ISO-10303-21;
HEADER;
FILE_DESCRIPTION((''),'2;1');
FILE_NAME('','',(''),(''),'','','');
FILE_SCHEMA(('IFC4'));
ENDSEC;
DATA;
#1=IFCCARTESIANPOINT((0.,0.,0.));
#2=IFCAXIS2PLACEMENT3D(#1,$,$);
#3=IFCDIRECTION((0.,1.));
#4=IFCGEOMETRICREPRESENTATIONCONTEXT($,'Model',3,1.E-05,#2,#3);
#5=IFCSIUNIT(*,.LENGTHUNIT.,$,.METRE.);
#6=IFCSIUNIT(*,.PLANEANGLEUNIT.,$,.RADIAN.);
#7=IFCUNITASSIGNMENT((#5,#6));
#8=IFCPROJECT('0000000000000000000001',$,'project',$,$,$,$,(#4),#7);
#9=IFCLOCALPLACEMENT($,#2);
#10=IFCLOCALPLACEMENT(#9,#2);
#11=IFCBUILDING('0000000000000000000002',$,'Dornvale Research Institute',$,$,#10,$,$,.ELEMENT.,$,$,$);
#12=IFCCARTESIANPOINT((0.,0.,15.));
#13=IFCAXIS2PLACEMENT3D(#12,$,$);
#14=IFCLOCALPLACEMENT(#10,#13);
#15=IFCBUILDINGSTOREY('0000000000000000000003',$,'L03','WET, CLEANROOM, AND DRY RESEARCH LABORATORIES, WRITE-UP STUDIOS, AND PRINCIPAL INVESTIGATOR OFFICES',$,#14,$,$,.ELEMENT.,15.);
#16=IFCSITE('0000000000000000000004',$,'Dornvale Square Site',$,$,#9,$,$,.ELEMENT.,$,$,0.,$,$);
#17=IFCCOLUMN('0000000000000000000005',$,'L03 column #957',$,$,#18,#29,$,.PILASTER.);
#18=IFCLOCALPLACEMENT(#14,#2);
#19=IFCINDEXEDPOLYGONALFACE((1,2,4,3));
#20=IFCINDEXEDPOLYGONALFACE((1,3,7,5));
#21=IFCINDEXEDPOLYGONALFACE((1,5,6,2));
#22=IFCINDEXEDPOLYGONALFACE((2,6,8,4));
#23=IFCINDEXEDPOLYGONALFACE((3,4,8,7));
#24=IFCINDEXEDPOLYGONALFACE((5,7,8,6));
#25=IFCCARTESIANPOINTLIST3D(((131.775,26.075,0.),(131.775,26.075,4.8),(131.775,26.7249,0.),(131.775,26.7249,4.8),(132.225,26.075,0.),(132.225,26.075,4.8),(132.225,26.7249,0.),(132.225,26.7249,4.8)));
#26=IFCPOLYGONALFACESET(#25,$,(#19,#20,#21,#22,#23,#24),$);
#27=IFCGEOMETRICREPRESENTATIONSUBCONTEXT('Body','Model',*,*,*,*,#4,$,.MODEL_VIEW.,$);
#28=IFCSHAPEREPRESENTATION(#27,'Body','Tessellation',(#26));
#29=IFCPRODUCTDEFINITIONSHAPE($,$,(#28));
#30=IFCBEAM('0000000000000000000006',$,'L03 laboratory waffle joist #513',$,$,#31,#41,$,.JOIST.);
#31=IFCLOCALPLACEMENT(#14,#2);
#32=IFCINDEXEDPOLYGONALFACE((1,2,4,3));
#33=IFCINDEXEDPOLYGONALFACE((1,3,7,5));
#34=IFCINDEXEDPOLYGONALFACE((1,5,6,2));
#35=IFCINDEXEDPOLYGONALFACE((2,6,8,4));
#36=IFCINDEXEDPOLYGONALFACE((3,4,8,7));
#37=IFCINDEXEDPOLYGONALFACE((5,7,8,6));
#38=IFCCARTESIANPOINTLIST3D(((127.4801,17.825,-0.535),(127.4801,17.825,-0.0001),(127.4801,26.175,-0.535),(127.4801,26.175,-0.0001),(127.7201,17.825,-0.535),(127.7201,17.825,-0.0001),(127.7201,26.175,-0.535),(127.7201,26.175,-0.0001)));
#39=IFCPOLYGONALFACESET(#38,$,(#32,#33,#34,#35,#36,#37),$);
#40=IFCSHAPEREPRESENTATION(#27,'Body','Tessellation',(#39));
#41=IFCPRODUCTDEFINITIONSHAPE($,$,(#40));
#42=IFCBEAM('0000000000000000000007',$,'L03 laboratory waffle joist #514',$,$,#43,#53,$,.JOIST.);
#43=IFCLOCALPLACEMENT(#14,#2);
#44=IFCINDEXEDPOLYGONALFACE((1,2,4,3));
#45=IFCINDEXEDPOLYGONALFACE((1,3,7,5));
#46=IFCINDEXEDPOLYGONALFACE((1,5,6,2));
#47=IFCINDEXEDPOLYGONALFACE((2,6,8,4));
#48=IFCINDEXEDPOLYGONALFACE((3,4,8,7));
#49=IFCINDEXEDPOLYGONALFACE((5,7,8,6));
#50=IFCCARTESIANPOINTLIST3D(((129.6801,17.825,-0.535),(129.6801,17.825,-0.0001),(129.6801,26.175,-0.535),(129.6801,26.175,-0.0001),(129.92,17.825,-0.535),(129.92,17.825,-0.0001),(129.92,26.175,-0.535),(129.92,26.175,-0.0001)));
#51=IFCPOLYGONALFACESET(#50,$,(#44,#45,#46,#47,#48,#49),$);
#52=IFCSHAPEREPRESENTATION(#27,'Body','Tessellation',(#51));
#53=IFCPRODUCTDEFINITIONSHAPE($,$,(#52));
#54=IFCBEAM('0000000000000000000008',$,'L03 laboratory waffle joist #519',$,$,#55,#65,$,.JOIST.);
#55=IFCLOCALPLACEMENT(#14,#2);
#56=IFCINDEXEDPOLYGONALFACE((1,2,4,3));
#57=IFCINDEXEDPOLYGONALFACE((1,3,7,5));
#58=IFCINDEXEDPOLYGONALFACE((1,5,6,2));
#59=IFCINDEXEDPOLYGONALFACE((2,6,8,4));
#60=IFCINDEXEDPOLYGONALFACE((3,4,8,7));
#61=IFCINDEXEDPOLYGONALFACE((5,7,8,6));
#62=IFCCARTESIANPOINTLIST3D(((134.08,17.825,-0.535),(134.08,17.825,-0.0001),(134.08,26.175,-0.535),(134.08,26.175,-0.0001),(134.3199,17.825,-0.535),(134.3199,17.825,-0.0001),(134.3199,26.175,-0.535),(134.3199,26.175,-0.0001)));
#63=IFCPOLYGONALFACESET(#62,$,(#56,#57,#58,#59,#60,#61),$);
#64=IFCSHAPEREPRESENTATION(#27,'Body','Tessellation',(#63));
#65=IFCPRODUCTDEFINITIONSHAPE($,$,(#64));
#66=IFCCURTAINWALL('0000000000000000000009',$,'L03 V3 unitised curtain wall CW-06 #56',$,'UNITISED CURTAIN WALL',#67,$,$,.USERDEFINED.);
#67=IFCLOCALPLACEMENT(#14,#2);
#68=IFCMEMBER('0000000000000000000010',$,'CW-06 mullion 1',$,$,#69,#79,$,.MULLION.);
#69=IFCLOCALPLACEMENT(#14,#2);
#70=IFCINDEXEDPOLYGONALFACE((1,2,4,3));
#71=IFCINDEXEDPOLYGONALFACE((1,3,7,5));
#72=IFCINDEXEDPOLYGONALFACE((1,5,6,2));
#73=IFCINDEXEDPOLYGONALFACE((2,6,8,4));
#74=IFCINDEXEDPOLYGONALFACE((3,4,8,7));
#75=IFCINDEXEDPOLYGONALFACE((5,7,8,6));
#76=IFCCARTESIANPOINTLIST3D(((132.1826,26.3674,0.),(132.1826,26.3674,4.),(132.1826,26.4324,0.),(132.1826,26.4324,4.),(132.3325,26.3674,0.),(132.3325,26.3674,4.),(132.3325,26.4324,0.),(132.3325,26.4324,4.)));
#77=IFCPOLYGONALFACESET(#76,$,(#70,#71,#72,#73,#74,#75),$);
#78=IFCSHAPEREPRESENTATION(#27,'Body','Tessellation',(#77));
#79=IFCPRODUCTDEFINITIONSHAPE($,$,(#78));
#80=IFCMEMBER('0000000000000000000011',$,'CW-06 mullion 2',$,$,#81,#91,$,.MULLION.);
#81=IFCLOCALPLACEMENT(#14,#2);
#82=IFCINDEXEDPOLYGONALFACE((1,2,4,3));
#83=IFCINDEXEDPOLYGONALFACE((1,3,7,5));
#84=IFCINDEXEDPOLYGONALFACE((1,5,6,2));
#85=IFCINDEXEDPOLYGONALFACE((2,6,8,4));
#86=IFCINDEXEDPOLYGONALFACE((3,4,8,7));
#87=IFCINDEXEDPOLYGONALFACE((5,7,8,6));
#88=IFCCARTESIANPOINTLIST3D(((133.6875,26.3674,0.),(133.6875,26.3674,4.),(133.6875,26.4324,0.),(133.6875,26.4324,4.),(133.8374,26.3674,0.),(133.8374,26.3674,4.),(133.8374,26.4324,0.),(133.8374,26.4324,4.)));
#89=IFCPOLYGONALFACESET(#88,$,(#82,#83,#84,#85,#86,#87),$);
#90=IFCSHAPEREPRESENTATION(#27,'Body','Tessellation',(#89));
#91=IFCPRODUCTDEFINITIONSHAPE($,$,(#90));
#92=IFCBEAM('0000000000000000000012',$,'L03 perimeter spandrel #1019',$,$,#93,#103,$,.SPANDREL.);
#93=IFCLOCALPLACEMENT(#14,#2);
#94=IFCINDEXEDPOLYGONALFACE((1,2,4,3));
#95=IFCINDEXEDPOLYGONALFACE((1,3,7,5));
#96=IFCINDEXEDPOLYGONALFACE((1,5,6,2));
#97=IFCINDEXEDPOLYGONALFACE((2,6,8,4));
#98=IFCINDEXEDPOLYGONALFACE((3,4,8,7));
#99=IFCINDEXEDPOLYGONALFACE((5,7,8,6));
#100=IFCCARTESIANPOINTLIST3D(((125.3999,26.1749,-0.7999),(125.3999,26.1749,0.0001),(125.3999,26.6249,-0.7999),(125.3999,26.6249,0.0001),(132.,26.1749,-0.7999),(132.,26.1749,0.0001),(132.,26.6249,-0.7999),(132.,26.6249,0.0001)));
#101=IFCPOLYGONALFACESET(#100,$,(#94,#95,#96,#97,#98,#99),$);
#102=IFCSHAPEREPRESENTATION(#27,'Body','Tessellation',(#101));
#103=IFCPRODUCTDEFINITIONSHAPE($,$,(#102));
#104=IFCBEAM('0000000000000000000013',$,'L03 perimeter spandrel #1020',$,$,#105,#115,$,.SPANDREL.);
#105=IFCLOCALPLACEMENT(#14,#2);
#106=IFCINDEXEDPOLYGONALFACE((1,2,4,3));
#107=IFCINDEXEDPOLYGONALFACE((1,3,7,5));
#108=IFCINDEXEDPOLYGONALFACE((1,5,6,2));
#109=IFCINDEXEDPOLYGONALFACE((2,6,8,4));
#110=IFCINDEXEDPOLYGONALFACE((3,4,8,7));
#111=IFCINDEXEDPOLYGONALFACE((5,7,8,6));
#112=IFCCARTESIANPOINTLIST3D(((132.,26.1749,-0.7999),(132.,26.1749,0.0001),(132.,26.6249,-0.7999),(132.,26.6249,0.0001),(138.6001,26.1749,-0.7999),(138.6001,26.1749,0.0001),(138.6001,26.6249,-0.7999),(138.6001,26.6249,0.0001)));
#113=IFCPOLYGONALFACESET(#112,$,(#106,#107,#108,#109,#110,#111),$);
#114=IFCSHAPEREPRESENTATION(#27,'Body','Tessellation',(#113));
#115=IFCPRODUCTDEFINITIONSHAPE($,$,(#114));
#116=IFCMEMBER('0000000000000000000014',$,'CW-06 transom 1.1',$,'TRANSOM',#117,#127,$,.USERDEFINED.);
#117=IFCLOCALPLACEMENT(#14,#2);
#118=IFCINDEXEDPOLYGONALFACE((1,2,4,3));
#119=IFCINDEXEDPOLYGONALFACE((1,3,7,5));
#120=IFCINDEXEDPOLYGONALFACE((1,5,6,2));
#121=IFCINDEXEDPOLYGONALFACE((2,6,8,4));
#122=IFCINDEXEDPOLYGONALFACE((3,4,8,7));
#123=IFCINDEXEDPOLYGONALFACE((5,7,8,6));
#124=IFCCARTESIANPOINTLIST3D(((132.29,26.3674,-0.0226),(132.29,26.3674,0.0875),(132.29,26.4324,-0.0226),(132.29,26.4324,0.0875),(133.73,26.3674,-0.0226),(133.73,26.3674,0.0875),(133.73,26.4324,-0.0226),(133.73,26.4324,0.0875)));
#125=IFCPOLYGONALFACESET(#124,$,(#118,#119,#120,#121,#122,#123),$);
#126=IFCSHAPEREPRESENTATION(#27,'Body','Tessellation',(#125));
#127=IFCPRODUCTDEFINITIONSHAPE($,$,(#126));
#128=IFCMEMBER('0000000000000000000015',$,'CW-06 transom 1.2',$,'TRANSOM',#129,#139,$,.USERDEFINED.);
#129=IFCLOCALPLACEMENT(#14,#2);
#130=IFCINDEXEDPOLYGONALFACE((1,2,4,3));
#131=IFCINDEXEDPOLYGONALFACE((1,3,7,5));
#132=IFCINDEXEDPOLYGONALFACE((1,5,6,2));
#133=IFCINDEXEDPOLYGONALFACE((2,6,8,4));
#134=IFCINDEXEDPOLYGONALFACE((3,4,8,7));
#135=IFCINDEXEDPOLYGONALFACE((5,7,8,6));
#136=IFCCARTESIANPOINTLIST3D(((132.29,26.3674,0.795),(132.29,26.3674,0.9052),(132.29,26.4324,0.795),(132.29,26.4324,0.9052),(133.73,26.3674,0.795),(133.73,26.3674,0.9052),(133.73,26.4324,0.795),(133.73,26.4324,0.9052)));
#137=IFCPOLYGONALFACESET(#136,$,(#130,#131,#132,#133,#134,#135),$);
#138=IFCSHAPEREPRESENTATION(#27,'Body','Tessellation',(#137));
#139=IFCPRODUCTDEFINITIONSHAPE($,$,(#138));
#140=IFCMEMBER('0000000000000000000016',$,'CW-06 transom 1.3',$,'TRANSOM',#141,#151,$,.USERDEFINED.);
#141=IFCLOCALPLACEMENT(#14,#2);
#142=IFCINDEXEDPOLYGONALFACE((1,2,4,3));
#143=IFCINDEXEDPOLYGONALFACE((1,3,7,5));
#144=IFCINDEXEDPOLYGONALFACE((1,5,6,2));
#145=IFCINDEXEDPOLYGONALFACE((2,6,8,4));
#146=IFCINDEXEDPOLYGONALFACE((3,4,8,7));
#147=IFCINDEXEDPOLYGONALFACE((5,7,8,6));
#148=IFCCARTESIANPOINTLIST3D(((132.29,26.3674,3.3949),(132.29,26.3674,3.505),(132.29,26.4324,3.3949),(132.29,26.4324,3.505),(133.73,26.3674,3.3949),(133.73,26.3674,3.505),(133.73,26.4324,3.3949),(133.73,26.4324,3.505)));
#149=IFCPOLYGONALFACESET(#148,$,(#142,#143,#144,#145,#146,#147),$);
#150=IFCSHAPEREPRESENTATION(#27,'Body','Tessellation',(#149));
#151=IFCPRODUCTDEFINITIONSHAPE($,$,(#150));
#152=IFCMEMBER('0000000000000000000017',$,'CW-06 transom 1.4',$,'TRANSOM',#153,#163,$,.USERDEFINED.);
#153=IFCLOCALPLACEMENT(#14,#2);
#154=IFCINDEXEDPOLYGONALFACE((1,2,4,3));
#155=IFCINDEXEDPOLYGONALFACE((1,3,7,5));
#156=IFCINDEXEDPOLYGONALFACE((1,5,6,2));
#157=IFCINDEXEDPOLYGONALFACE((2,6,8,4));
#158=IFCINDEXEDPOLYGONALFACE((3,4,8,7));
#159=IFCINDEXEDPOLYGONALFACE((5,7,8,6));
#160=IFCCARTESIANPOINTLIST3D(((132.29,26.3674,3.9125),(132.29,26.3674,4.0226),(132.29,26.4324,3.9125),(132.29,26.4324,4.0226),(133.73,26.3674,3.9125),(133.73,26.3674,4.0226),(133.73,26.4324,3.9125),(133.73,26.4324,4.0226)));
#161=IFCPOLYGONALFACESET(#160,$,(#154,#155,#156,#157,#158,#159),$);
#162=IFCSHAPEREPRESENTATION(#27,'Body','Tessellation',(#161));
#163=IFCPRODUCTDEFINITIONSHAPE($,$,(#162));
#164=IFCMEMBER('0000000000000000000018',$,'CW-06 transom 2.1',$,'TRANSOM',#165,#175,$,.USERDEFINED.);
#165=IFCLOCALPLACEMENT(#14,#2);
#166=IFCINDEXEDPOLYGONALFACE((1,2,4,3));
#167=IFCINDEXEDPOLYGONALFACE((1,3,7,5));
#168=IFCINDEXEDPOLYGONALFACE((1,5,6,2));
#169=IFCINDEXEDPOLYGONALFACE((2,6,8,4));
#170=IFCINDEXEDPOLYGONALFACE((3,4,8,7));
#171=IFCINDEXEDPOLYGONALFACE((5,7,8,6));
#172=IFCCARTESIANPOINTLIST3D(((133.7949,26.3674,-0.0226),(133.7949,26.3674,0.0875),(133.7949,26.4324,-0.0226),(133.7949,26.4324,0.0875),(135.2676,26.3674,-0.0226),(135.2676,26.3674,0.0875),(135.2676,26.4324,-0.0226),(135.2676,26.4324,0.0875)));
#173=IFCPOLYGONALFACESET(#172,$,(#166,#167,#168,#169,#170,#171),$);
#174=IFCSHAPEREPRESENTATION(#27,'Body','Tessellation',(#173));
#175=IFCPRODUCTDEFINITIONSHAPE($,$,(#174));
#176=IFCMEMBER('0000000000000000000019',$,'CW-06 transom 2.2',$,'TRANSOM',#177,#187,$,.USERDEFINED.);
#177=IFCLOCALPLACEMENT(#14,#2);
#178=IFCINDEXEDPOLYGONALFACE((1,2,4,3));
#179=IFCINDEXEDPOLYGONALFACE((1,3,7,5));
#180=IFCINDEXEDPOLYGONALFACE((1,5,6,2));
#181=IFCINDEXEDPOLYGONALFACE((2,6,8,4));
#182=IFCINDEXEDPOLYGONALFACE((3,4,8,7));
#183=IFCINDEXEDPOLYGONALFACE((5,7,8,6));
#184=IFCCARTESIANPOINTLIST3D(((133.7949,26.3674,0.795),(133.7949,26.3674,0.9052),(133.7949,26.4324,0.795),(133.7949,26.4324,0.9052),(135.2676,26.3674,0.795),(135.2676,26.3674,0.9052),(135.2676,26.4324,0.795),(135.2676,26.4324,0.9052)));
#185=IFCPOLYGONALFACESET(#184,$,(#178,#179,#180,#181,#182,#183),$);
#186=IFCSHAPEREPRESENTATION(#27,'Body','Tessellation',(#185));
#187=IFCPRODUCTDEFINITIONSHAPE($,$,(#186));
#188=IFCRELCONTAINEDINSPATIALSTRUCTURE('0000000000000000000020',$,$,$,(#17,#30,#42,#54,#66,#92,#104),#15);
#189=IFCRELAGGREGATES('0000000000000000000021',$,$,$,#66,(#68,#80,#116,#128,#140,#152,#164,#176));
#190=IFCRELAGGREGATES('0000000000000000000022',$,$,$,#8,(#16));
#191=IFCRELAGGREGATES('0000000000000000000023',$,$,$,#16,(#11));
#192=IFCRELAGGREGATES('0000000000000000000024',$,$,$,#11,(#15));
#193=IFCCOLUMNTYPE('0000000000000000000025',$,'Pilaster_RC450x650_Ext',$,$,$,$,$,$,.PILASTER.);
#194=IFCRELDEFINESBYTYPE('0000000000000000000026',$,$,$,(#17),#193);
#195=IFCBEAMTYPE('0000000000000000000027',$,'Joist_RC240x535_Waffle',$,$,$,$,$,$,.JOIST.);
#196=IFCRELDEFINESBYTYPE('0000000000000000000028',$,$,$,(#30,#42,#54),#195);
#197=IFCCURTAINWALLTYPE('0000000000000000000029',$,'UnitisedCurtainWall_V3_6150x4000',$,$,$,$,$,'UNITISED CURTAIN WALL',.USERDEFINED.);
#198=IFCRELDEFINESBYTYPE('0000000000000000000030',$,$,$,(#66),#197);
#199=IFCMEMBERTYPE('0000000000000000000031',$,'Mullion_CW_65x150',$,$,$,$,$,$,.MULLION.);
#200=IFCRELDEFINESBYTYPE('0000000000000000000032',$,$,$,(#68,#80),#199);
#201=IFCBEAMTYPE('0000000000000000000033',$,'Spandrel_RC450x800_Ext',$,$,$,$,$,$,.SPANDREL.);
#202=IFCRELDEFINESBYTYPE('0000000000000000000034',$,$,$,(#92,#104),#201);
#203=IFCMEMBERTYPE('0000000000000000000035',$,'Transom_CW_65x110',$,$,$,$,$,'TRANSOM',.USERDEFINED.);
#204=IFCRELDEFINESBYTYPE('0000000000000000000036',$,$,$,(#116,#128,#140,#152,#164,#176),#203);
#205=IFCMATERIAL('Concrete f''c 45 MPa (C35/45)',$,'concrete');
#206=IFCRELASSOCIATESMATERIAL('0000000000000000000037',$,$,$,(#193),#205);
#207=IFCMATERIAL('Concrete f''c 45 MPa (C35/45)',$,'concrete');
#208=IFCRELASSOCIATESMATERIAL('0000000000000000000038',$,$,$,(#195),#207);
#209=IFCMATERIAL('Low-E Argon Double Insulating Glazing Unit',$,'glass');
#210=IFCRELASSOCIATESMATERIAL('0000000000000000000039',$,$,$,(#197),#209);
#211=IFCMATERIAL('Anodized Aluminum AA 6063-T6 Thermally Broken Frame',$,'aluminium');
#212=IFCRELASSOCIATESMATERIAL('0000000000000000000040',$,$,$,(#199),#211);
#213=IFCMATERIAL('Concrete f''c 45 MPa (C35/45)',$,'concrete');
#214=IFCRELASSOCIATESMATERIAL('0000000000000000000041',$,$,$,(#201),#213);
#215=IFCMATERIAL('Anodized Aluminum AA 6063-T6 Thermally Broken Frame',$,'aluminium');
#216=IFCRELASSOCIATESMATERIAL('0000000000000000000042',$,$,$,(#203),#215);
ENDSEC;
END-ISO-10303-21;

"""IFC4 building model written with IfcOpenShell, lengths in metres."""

from ifc_helpers import new_model, si_unit, direction, frame, origin, origin_2d, place, context, subcontext, project, spatial, rectangle, extrude, material, material_profile, profile_set, type_object, element, aggregate, save


model = new_model("IFC4")

# Units and contexts
model_context = context("Model", 3, precision=1e-05, world=origin(), true_north=direction((0.0, 1.0)))
body_context = subcontext(model_context, "Body", "Model", "MODEL_VIEW")
ifc_project = project(units=[si_unit("LENGTHUNIT", "METRE"), si_unit("PLANEANGLEUNIT", "RADIAN")], contexts=[model_context])

# Site, building, storey
site_placement = place(None, origin())
site = spatial("IfcSite", under=ifc_project, at=site_placement, Name="Dornvale Square Site", CompositionType="ELEMENT", RefElevation=0.0)
building_placement = place(site_placement, origin())
building = spatial("IfcBuilding", under=site, at=building_placement, Name="Dornvale Research Institute", CompositionType="ELEMENT")
storey_placement = place(building_placement, frame((0.0, 0.0, 15.0)))
storey = spatial("IfcBuildingStorey", under=building, at=storey_placement, Name="L03", Description="WET, CLEANROOM, AND DRY RESEARCH LABORATORIES, WRITE-UP STUDIOS, AND PRINCIPAL INVESTIGATOR OFFICES", CompositionType="ELEMENT", Elevation=15.0)

# Column
ifc_material_1 = material(Name="Concrete f'c 45 MPa (C35/45)", Category="concrete")
ifc_material_profile_1 = material_profile(ifc_material_1, rectangle(XDim=0.45, YDim=0.6499, at=origin_2d()), Name="RC 450x650")
ifc_profile_set_1 = profile_set([ifc_material_profile_1], Name="Concrete f'c 45 MPa (C35/45)")
column_type = type_object("IfcColumnType", Name="Pilaster_RC450x650_Ext", PredefinedType="PILASTER", material=ifc_profile_set_1)
column_placement = place(storey_placement, frame((132.0, 26.3999, 0.0), z_axis=(0.0, 0.0, 1.0), x_axis=(1.0, 0.0, 0.0)))
element("IfcColumn", 1, at=column_placement, inside=storey, type_object=column_type, Name="L03 column #957", PredefinedType="PILASTER", context=body_context, shape_type="SweptSolid", body=[
    extrude(rectangle(XDim=0.45, YDim=0.6499, at=origin_2d()), origin(), (0.0, 0.0, 1.0), 4.8),
])

# Beams
ifc_material_2 = material(Name="Concrete f'c 45 MPa (C35/45)", Category="concrete")
ifc_material_profile_2 = material_profile(ifc_material_2, rectangle(XDim=0.24, YDim=0.5349, at=origin_2d()), Name="RC 240x535")
ifc_profile_set_2 = profile_set([ifc_material_profile_2], Name="Concrete f'c 45 MPa (C35/45)")
beam_type_1 = type_object("IfcBeamType", Name="Joist_RC240x535_Waffle", PredefinedType="JOIST", material=ifc_profile_set_2)
for number, where, z_axis, x_axis, name in (
    (2, (127.6001, 17.825, -0.2676), (0.0, 1.0, 0.0), (-1.0, 0.0, 0.0), "L03 laboratory waffle joist #513"),
    (3, (129.8, 17.825, -0.2676), (0.0, 1.0, 0.0), (-1.0, 0.0, 0.0), "L03 laboratory waffle joist #514"),
    (4, (134.2, 17.825, -0.2676), (0.0, 1.0, 0.0), (-1.0, 0.0, 0.0), "L03 laboratory waffle joist #519"),
):
    element("IfcBeam", number, at=place(storey_placement, frame(where, z_axis=z_axis, x_axis=x_axis)), inside=storey, type_object=beam_type_1, Name=name, PredefinedType="JOIST", context=body_context, shape_type="SweptSolid", body=[
        extrude(rectangle(XDim=0.24, YDim=0.5349, at=origin_2d()), origin(), (0.0, 0.0, 1.0), 8.3501),
    ])

# Curtain wall, members
ifc_material_3 = material(Name="Low-E Argon Double Insulating Glazing Unit", Category="glass")
curtain_wall_type = type_object("IfcCurtainWallType", Name="UnitisedCurtainWall_V3_6150x4000", ElementType="UNITISED CURTAIN WALL", PredefinedType="USERDEFINED", material=ifc_material_3)
curtain_wall_placement = place(storey_placement, origin())
curtain_wall = element("IfcCurtainWall", 5, at=curtain_wall_placement, inside=storey, type_object=curtain_wall_type, Name="L03 V3 unitised curtain wall CW-06 #56", ObjectType="UNITISED CURTAIN WALL", PredefinedType="USERDEFINED")
ifc_material_4 = material(Name="Anodized Aluminum AA 6063-T6 Thermally Broken Frame", Category="aluminium")
ifc_material_profile_3 = material_profile(ifc_material_4, rectangle(XDim=0.0649, YDim=0.1499, at=origin_2d()), Name="ALU MULLION 65x150")
ifc_profile_set_3 = profile_set([ifc_material_profile_3], Name="Anodized Aluminum AA 6063-T6 Thermally Broken Frame")
member_type_1 = type_object("IfcMemberType", Name="Mullion_CW_65x150", PredefinedType="MULLION", material=ifc_profile_set_3)
member_1_placement = place(storey_placement, frame((132.2576, 26.3999, 0.0), z_axis=(0.0, 0.0, 1.0), x_axis=(0.0, 1.0, 0.0)))
member_1 = element("IfcMember", 6, at=member_1_placement, type_object=member_type_1, Name="CW-06 mullion 1", PredefinedType="MULLION", context=body_context, shape_type="SweptSolid", body=[
    extrude(rectangle(XDim=0.0649, YDim=0.1499, at=origin_2d()), origin(), (0.0, 0.0, 1.0), 4.0),
])
member_2_placement = place(storey_placement, frame((133.7625, 26.3999, 0.0), z_axis=(0.0, 0.0, 1.0), x_axis=(0.0, 1.0, 0.0)))
member_2 = element("IfcMember", 7, at=member_2_placement, type_object=member_type_1, Name="CW-06 mullion 2", PredefinedType="MULLION", context=body_context, shape_type="SweptSolid", body=[
    extrude(rectangle(XDim=0.0649, YDim=0.1499, at=origin_2d()), origin(), (0.0, 0.0, 1.0), 4.0),
])

# Beams
ifc_material_5 = material(Name="Concrete f'c 45 MPa (C35/45)", Category="concrete")
ifc_material_profile_4 = material_profile(ifc_material_5, rectangle(XDim=0.45, YDim=0.8, at=origin_2d()), Name="RC 450x800")
ifc_profile_set_4 = profile_set([ifc_material_profile_4], Name="Concrete f'c 45 MPa (C35/45)")
beam_type_2 = type_object("IfcBeamType", Name="Spandrel_RC450x800_Ext", PredefinedType="SPANDREL", material=ifc_profile_set_4)
for number, where, z_axis, x_axis, name in (
    (8, (125.3999, 26.3999, -0.3999), (1.0, 0.0, 0.0), (0.0, 1.0, 0.0), "L03 perimeter spandrel #1019"),
    (9, (132.0, 26.3999, -0.3999), (1.0, 0.0, 0.0), (0.0, 1.0, 0.0), "L03 perimeter spandrel #1020"),
):
    element("IfcBeam", number, at=place(storey_placement, frame(where, z_axis=z_axis, x_axis=x_axis)), inside=storey, type_object=beam_type_2, Name=name, PredefinedType="SPANDREL", context=body_context, shape_type="SweptSolid", body=[
        extrude(rectangle(XDim=0.45, YDim=0.8, at=origin_2d()), origin(), (0.0, 0.0, 1.0), 6.6001),
    ])

# Members
ifc_material_6 = material(Name="Anodized Aluminum AA 6063-T6 Thermally Broken Frame", Category="aluminium")
ifc_material_profile_5 = material_profile(ifc_material_6, rectangle(XDim=0.0649, YDim=0.1101, at=origin_2d()), Name="ALU TRANSOM 65x110")
ifc_profile_set_5 = profile_set([ifc_material_profile_5], Name="Anodized Aluminum AA 6063-T6 Thermally Broken Frame")
member_type_2 = type_object("IfcMemberType", Name="Transom_CW_65x110", ElementType="TRANSOM", PredefinedType="USERDEFINED", material=ifc_profile_set_5)
member_3_placement = place(storey_placement, frame((132.29, 26.3999, 0.0325), z_axis=(1.0, 0.0, 0.0), x_axis=(0.0, 1.0, 0.0)))
member_3 = element("IfcMember", 10, at=member_3_placement, type_object=member_type_2, Name="CW-06 transom 1.1", ObjectType="TRANSOM", PredefinedType="USERDEFINED", context=body_context, shape_type="SweptSolid", body=[
    extrude(rectangle(XDim=0.0649, YDim=0.1101, at=origin_2d()), origin(), (0.0, 0.0, 1.0), 1.4399),
])
member_4_placement = place(storey_placement, frame((132.29, 26.3999, 0.8501), z_axis=(1.0, 0.0, 0.0), x_axis=(0.0, 1.0, 0.0)))
member_4 = element("IfcMember", 11, at=member_4_placement, type_object=member_type_2, Name="CW-06 transom 1.2", ObjectType="TRANSOM", PredefinedType="USERDEFINED", context=body_context, shape_type="SweptSolid", body=[
    extrude(rectangle(XDim=0.0649, YDim=0.1101, at=origin_2d()), origin(), (0.0, 0.0, 1.0), 1.4399),
])
member_5_placement = place(storey_placement, frame((132.29, 26.3999, 3.45), z_axis=(1.0, 0.0, 0.0), x_axis=(0.0, 1.0, 0.0)))
member_5 = element("IfcMember", 12, at=member_5_placement, type_object=member_type_2, Name="CW-06 transom 1.3", ObjectType="TRANSOM", PredefinedType="USERDEFINED", context=body_context, shape_type="SweptSolid", body=[
    extrude(rectangle(XDim=0.0649, YDim=0.1101, at=origin_2d()), origin(), (0.0, 0.0, 1.0), 1.4399),
])
member_6_placement = place(storey_placement, frame((132.29, 26.3999, 3.9675), z_axis=(1.0, 0.0, 0.0), x_axis=(0.0, 1.0, 0.0)))
member_6 = element("IfcMember", 13, at=member_6_placement, type_object=member_type_2, Name="CW-06 transom 1.4", ObjectType="TRANSOM", PredefinedType="USERDEFINED", context=body_context, shape_type="SweptSolid", body=[
    extrude(rectangle(XDim=0.0649, YDim=0.1101, at=origin_2d()), origin(), (0.0, 0.0, 1.0), 1.4399),
])
member_7_placement = place(storey_placement, frame((133.7949, 26.3999, 0.0325), z_axis=(1.0, 0.0, 0.0), x_axis=(0.0, 1.0, 0.0)))
member_7 = element("IfcMember", 14, at=member_7_placement, type_object=member_type_2, Name="CW-06 transom 2.1", ObjectType="TRANSOM", PredefinedType="USERDEFINED", context=body_context, shape_type="SweptSolid", body=[
    extrude(rectangle(XDim=0.0649, YDim=0.1101, at=origin_2d()), origin(), (0.0, 0.0, 1.0), 1.4727),
])
member_8_placement = place(storey_placement, frame((133.7949, 26.3999, 0.8501), z_axis=(1.0, 0.0, 0.0), x_axis=(0.0, 1.0, 0.0)))
member_8 = element("IfcMember", 15, at=member_8_placement, type_object=member_type_2, Name="CW-06 transom 2.2", ObjectType="TRANSOM", PredefinedType="USERDEFINED", context=body_context, shape_type="SweptSolid", body=[
    extrude(rectangle(XDim=0.0649, YDim=0.1101, at=origin_2d()), origin(), (0.0, 0.0, 1.0), 1.4727),
])

aggregate(curtain_wall, [member_1, member_2, member_3, member_4, member_5, member_6, member_7, member_8])

save(model, "model.ifc")
